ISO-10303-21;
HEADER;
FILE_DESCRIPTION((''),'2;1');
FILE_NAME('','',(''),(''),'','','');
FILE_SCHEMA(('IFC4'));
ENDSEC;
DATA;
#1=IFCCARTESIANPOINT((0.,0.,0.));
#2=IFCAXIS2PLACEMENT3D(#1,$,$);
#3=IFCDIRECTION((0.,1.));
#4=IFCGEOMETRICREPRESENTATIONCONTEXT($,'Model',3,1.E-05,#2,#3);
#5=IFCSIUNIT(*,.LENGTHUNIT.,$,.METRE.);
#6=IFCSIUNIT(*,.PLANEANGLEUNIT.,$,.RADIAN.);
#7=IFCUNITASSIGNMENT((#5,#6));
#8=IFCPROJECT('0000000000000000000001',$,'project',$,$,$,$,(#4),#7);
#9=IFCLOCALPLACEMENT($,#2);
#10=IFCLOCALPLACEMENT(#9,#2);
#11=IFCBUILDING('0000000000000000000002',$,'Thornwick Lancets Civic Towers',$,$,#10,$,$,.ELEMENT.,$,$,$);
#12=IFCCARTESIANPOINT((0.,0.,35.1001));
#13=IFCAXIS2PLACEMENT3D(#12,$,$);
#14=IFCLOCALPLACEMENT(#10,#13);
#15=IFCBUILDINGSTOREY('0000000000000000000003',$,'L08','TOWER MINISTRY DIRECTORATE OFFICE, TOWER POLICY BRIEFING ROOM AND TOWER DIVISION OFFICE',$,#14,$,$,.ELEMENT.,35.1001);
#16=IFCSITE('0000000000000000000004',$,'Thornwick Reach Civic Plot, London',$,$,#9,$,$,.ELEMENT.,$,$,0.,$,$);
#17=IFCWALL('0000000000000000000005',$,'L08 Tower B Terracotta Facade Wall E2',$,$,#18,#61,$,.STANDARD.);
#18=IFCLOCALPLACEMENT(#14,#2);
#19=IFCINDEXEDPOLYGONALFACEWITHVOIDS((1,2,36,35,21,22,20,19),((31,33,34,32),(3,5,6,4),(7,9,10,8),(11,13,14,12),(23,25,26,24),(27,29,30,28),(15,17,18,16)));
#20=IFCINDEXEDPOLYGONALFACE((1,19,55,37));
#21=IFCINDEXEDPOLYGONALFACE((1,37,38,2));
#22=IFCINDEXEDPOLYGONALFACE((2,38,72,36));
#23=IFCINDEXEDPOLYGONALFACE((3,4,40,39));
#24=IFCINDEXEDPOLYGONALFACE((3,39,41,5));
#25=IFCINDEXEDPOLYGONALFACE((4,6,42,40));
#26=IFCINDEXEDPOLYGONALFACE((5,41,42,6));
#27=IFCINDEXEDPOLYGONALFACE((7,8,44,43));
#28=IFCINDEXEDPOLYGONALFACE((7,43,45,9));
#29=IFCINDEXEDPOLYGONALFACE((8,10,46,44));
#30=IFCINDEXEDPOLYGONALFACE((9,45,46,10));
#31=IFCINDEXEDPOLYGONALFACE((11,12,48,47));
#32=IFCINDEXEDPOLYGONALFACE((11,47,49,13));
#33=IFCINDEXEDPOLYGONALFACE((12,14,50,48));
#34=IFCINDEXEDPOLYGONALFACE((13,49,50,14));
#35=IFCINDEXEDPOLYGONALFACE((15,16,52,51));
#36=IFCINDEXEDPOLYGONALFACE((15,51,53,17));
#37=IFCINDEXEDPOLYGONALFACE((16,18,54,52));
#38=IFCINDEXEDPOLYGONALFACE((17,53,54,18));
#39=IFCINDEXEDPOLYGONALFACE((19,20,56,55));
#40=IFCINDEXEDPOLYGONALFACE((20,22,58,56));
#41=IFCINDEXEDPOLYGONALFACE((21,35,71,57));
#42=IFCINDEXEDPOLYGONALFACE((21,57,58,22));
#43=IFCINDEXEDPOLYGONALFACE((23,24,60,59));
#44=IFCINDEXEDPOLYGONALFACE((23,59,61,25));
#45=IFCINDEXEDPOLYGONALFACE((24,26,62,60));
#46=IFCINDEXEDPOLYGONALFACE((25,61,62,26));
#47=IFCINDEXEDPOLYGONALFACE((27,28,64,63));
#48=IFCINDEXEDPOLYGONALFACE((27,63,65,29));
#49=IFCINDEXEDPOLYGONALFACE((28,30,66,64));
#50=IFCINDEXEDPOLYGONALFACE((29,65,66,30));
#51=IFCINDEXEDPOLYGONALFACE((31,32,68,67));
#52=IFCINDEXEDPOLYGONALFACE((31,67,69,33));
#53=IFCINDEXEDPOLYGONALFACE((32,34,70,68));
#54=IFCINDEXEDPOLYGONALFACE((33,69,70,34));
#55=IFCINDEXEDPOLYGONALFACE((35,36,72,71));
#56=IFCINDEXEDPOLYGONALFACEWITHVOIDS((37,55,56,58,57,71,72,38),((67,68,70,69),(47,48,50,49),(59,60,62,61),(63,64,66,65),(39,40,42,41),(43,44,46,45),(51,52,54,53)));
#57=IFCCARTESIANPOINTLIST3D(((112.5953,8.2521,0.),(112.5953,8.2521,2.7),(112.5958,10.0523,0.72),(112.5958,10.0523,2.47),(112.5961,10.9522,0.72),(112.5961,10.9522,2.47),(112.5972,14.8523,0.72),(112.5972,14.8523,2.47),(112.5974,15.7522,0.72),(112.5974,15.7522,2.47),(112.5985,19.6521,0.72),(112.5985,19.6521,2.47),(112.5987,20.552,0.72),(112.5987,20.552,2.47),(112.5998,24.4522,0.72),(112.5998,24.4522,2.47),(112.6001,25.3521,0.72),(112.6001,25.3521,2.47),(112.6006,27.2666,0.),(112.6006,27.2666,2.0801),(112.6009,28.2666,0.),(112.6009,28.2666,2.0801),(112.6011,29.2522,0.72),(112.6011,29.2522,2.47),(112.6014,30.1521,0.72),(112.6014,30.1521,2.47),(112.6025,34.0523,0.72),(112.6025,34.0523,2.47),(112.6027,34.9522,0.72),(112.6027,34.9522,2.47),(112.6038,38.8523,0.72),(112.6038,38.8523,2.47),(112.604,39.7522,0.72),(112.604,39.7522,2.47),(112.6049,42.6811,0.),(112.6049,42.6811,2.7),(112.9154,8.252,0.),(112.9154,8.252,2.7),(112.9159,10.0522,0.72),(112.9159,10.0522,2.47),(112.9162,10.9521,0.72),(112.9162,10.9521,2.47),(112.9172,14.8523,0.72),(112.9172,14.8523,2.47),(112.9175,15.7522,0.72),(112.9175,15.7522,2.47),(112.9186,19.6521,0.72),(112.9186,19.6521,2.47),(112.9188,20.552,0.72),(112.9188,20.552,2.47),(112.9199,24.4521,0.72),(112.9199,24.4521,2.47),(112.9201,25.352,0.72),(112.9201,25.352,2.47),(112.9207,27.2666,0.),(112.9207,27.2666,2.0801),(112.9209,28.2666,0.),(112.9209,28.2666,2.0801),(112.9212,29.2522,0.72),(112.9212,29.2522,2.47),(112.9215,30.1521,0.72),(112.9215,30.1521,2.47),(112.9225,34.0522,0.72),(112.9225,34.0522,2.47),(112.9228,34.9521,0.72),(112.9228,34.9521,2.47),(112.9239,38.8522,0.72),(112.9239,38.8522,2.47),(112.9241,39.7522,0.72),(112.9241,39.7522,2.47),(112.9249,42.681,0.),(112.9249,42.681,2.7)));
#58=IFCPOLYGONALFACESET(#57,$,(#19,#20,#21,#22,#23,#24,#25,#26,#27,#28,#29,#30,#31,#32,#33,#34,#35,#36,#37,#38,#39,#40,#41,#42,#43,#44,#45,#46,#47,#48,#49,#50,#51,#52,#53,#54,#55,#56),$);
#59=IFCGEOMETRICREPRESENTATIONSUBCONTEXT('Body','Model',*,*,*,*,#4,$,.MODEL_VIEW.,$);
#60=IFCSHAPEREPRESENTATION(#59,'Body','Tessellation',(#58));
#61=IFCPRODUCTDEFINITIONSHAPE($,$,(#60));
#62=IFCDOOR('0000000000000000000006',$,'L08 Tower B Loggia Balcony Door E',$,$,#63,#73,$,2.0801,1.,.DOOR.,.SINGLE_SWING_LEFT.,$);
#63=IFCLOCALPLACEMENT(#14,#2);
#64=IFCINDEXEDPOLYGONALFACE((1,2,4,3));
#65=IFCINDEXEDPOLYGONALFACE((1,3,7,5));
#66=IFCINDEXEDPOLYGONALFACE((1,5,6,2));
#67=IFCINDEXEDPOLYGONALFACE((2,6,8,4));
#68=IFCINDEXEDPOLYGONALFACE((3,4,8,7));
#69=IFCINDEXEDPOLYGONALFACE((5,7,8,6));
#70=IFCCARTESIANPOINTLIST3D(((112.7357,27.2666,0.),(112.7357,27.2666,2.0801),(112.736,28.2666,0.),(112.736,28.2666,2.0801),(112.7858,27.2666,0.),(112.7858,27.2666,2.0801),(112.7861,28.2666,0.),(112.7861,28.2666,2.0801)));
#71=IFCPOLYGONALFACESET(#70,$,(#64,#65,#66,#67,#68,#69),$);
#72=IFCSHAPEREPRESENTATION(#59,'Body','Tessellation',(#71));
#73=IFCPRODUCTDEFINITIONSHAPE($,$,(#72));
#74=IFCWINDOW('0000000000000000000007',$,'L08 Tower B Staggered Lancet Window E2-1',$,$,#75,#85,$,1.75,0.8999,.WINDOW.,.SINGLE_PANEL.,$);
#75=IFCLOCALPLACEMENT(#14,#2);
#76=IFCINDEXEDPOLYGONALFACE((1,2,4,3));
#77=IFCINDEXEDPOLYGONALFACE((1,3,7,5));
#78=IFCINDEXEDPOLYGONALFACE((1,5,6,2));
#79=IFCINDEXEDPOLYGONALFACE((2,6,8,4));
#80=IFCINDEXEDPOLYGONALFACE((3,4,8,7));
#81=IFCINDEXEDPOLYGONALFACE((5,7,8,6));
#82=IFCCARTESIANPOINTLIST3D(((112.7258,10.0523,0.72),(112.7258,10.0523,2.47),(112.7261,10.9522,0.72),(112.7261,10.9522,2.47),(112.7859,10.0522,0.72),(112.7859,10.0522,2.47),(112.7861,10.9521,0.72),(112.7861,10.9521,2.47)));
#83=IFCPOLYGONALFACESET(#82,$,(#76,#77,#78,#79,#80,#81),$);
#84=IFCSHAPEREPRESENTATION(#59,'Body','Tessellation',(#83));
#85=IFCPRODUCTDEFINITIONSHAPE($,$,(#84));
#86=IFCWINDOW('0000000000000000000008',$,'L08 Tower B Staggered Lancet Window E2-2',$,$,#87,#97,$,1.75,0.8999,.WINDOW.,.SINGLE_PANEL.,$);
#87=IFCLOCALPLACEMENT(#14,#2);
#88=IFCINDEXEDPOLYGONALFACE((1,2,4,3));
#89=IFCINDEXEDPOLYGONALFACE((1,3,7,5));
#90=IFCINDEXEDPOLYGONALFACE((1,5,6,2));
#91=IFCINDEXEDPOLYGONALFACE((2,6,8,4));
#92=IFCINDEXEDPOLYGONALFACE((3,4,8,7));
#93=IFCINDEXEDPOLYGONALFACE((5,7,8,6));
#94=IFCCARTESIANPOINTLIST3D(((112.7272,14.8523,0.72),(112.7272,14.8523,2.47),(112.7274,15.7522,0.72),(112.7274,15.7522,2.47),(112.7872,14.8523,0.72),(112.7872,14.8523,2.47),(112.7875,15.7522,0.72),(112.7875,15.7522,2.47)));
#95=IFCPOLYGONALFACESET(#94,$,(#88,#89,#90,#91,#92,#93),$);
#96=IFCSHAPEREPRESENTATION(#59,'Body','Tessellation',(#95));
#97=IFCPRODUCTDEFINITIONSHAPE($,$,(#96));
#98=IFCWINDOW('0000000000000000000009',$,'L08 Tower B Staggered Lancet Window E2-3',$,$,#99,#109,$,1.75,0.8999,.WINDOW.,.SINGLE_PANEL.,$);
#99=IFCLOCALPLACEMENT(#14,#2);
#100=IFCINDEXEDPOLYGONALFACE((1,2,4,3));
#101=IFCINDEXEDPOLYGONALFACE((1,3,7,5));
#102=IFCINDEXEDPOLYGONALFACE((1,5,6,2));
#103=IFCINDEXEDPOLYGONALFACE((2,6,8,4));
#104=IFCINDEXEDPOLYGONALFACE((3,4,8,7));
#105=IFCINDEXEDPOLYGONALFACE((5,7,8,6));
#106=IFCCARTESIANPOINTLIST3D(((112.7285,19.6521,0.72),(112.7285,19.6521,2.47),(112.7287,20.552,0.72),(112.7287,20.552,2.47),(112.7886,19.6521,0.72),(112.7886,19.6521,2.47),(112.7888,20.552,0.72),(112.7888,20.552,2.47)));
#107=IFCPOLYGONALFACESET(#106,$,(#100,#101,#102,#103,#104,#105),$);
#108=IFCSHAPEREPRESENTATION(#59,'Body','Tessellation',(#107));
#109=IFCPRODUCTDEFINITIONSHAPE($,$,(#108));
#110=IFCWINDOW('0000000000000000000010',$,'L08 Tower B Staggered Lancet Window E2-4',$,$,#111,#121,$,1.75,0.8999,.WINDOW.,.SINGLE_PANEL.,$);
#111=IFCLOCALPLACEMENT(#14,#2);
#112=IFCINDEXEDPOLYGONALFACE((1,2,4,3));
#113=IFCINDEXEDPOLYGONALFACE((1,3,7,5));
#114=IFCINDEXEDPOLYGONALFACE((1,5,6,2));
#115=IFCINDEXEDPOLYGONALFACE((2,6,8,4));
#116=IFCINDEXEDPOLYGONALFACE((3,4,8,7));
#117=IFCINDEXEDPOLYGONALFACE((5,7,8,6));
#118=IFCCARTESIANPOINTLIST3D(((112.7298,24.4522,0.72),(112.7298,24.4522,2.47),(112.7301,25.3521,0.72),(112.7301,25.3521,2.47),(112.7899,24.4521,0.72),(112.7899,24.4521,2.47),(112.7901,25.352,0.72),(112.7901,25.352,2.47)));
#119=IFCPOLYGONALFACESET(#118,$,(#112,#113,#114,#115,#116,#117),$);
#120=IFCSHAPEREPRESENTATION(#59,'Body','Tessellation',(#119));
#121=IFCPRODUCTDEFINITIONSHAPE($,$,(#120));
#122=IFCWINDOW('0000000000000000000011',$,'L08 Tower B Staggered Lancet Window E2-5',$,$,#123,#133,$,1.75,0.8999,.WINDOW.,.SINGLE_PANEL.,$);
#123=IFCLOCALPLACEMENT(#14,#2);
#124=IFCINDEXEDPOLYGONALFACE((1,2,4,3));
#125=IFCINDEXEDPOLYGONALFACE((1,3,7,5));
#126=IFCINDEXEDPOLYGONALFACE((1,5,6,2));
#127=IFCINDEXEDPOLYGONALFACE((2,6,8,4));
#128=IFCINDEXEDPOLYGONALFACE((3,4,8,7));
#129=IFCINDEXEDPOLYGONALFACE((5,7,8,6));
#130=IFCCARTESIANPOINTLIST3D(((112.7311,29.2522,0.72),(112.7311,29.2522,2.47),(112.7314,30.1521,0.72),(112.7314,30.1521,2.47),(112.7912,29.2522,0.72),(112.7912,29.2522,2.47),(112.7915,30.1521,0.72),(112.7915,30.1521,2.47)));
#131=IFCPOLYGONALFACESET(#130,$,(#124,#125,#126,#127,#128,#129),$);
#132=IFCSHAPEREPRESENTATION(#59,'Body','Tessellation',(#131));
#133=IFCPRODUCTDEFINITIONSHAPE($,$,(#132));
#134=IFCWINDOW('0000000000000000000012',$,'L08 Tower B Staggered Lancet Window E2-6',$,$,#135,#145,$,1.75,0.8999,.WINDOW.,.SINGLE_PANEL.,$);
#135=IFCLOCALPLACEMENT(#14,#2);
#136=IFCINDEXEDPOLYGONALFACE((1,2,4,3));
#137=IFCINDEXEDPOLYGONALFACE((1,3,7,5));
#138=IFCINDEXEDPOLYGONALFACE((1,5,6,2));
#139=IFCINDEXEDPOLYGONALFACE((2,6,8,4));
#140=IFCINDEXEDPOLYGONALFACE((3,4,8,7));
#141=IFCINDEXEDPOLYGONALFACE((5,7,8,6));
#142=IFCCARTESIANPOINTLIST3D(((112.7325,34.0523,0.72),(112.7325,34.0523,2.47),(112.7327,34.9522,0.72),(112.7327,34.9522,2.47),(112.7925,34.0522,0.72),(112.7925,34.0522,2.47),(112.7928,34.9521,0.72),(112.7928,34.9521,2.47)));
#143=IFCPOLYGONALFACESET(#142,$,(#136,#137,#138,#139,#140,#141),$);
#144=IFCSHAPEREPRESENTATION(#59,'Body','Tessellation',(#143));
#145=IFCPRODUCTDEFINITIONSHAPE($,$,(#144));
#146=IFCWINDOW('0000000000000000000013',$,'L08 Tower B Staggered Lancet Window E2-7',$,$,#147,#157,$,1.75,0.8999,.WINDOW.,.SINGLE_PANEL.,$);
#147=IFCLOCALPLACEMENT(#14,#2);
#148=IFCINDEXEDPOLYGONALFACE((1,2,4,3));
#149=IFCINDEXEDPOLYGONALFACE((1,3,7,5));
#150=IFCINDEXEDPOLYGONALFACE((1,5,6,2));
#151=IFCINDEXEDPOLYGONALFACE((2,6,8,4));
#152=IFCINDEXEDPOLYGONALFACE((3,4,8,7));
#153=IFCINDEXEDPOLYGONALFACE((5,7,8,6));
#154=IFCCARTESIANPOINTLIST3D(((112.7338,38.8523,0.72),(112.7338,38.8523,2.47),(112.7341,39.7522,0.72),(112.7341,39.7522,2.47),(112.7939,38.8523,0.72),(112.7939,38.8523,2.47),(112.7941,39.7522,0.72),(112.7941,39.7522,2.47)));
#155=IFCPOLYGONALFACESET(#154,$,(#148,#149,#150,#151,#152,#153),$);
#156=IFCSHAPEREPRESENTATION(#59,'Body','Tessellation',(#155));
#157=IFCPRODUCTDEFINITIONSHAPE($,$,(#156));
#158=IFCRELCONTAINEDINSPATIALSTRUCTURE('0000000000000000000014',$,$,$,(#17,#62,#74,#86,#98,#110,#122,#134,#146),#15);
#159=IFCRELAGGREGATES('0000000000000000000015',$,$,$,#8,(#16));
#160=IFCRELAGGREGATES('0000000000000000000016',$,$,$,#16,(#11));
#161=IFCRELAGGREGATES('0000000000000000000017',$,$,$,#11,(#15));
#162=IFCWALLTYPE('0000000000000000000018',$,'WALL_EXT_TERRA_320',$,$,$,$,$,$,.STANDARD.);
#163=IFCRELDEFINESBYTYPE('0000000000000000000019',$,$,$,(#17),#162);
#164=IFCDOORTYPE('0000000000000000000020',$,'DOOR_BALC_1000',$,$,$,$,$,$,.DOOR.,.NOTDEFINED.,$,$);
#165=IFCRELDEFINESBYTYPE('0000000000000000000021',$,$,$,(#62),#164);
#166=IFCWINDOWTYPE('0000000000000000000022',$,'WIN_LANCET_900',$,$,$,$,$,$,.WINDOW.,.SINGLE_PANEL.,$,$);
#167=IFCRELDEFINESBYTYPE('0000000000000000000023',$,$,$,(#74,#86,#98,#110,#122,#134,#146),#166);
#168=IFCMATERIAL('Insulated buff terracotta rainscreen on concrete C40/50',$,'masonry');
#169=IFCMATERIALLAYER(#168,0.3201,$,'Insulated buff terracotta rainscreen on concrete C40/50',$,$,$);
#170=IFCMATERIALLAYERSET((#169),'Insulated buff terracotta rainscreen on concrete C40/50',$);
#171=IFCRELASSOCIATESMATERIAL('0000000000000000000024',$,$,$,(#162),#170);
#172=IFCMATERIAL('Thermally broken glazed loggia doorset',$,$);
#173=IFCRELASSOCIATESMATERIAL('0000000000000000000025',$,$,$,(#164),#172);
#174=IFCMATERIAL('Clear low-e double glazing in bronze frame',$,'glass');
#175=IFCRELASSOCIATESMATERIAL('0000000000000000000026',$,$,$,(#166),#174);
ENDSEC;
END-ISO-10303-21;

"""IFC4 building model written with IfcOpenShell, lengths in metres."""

from ifc_helpers import new_model, si_unit, direction, frame, frame_2d, origin, place, context, subcontext, project, spatial, rectangle, extrude, material, layer, layer_set, type_object, element, fill, save


model = new_model("IFC4")

# Units and contexts
model_context = context("Model", 3, precision=1e-05, world=origin(), true_north=direction((0.0, 1.0)))
body_context = subcontext(model_context, "Body", "Model", "MODEL_VIEW")
ifc_project = project(units=[si_unit("LENGTHUNIT", "METRE"), si_unit("PLANEANGLEUNIT", "RADIAN")], contexts=[model_context])

# Site, building, storey
site_placement = place(None, origin())
site = spatial("IfcSite", under=ifc_project, at=site_placement, Name="Thornwick Reach Civic Plot, London", CompositionType="ELEMENT", RefElevation=0.0)
building_placement = place(site_placement, origin())
building = spatial("IfcBuilding", under=site, at=building_placement, Name="Thornwick Lancets Civic Towers", CompositionType="ELEMENT")
storey_placement = place(building_placement, frame((0.0, 0.0, 35.1001)))
storey = spatial("IfcBuildingStorey", under=building, at=storey_placement, Name="L08", Description="TOWER MINISTRY DIRECTORATE OFFICE, TOWER POLICY BRIEFING ROOM AND TOWER DIVISION OFFICE", CompositionType="ELEMENT", Elevation=35.1001)

# Wall, openings, door, windows
ifc_material_1 = material(Name="Insulated buff terracotta rainscreen on concrete C40/50", Category="masonry")
ifc_layer_1 = layer(ifc_material_1, 0.3201, Name="Insulated buff terracotta rainscreen on concrete C40/50")
ifc_layer_set_1 = layer_set([ifc_layer_1], Name="Insulated buff terracotta rainscreen on concrete C40/50")
wall_type_1 = type_object("IfcWallType", Name="WALL_EXT_TERRA_320", PredefinedType="STANDARD", material=ifc_layer_set_1)
wall_1_placement = place(storey_placement, frame((112.7554, 8.2522, 0.0), z_axis=(0.0, 0.0, 1.0), x_axis=(0.000277, 1.0, 0.0)))
wall_1 = element("IfcWall", 1, at=wall_1_placement, inside=storey, type_object=wall_type_1, Name="L08 Tower B Terracotta Facade Wall E2", PredefinedType="STANDARD", context=body_context, shape_type="SweptSolid", body=[
    extrude(rectangle(XDim=34.429, YDim=0.3201, at=frame_2d((17.2144, 0.0))), origin(), (0.0, 0.0, 1.0), 2.7),
])
opening_1_placement = place(wall_1_placement, frame((19.0144, 0.0, 0.0)))
opening_1 = element("IfcOpeningElement", 2, at=opening_1_placement, cuts=wall_1, PredefinedType="OPENING", context=body_context, shape_type="SweptSolid", body=[
    extrude(rectangle(XDim=1.0, YDim=2.0801, at=frame_2d((0.5, 1.04))), frame((0.0, 0.1699, 0.0), z_axis=(0.0, -1.0, 0.0), x_axis=(1.0, 0.0, 0.0)), (0.0, 0.0, 1.0), 0.3401),
])
opening_2_placement = place(wall_1_placement, frame((1.8, 0.0, 0.72)))
opening_2 = element("IfcOpeningElement", 3, at=opening_2_placement, cuts=wall_1, PredefinedType="OPENING", context=body_context, shape_type="SweptSolid", body=[
    extrude(rectangle(XDim=0.8999, YDim=1.75, at=frame_2d((0.45, 0.875))), frame((0.0, 0.1699, 0.0), z_axis=(0.0, -1.0, 0.0), x_axis=(1.0, 0.0, 0.0)), (0.0, 0.0, 1.0), 0.3401),
])
opening_3_placement = place(wall_1_placement, frame((6.6001, 0.0, 0.72)))
opening_3 = element("IfcOpeningElement", 4, at=opening_3_placement, cuts=wall_1, PredefinedType="OPENING", context=body_context, shape_type="SweptSolid", body=[
    extrude(rectangle(XDim=0.8999, YDim=1.75, at=frame_2d((0.45, 0.875))), frame((0.0, 0.1699, 0.0), z_axis=(0.0, -1.0, 0.0), x_axis=(1.0, 0.0, 0.0)), (0.0, 0.0, 1.0), 0.3401),
])
opening_4_placement = place(wall_1_placement, frame((11.3999, 0.0, 0.72)))
opening_4 = element("IfcOpeningElement", 5, at=opening_4_placement, cuts=wall_1, PredefinedType="OPENING", context=body_context, shape_type="SweptSolid", body=[
    extrude(rectangle(XDim=0.8999, YDim=1.75, at=frame_2d((0.45, 0.875))), frame((0.0, 0.1699, 0.0), z_axis=(0.0, -1.0, 0.0), x_axis=(1.0, 0.0, 0.0)), (0.0, 0.0, 1.0), 0.3401),
])
opening_5_placement = place(wall_1_placement, frame((16.2, 0.0, 0.72)))
opening_5 = element("IfcOpeningElement", 6, at=opening_5_placement, cuts=wall_1, PredefinedType="OPENING", context=body_context, shape_type="SweptSolid", body=[
    extrude(rectangle(XDim=0.8999, YDim=1.75, at=frame_2d((0.45, 0.875))), frame((0.0, 0.1699, 0.0), z_axis=(0.0, -1.0, 0.0), x_axis=(1.0, 0.0, 0.0)), (0.0, 0.0, 1.0), 0.3401),
])
opening_6_placement = place(wall_1_placement, frame((21.0, 0.0, 0.72)))
opening_6 = element("IfcOpeningElement", 7, at=opening_6_placement, cuts=wall_1, PredefinedType="OPENING", context=body_context, shape_type="SweptSolid", body=[
    extrude(rectangle(XDim=0.8999, YDim=1.75, at=frame_2d((0.45, 0.875))), frame((0.0, 0.1699, 0.0), z_axis=(0.0, -1.0, 0.0), x_axis=(1.0, 0.0, 0.0)), (0.0, 0.0, 1.0), 0.3401),
])
opening_7_placement = place(wall_1_placement, frame((25.8, 0.0, 0.72)))
opening_7 = element("IfcOpeningElement", 8, at=opening_7_placement, cuts=wall_1, PredefinedType="OPENING", context=body_context, shape_type="SweptSolid", body=[
    extrude(rectangle(XDim=0.8999, YDim=1.75, at=frame_2d((0.45, 0.875))), frame((0.0, 0.1699, 0.0), z_axis=(0.0, -1.0, 0.0), x_axis=(1.0, 0.0, 0.0)), (0.0, 0.0, 1.0), 0.3401),
])
opening_8_placement = place(wall_1_placement, frame((30.6001, 0.0, 0.72)))
opening_8 = element("IfcOpeningElement", 9, at=opening_8_placement, cuts=wall_1, PredefinedType="OPENING", context=body_context, shape_type="SweptSolid", body=[
    extrude(rectangle(XDim=0.8999, YDim=1.75, at=frame_2d((0.45, 0.875))), frame((0.0, 0.1699, 0.0), z_axis=(0.0, -1.0, 0.0), x_axis=(1.0, 0.0, 0.0)), (0.0, 0.0, 1.0), 0.3401),
])
ifc_material_2 = material(Name="Thermally broken glazed loggia doorset")
door_type = type_object("IfcDoorType", Name="DOOR_BALC_1000", OperationType="NOTDEFINED", PredefinedType="DOOR", material=ifc_material_2)
door_placement = place(opening_1_placement, origin())
door = element("IfcDoor", 10, at=door_placement, inside=storey, type_object=door_type, Name="L08 Tower B Loggia Balcony Door E", OperationType="SINGLE_SWING_LEFT", OverallHeight=2.0801, OverallWidth=1.0, PredefinedType="DOOR", context=body_context, shape_type="SweptSolid", body=[
    extrude(rectangle(XDim=1.0, YDim=2.0801, at=frame_2d((0.5, 1.04))), frame((0.0, 0.0249, 0.0), z_axis=(0.0, -1.0, 0.0), x_axis=(1.0, 0.0, 0.0)), (0.0, 0.0, 1.0), 0.05),
])
fill(opening_1, door)
ifc_material_3 = material(Name="Clear low-e double glazing in bronze frame", Category="glass")
window_type = type_object("IfcWindowType", Name="WIN_LANCET_900", PartitioningType="SINGLE_PANEL", PredefinedType="WINDOW", material=ifc_material_3)
window_1_placement = place(opening_2_placement, origin())
window_1 = element("IfcWindow", 11, at=window_1_placement, inside=storey, type_object=window_type, Name="L08 Tower B Staggered Lancet Window E2-1", OverallHeight=1.75, OverallWidth=0.8999, PartitioningType="SINGLE_PANEL", PredefinedType="WINDOW", context=body_context, shape_type="SweptSolid", body=[
    extrude(rectangle(XDim=0.8999, YDim=1.75, at=frame_2d((0.45, 0.875))), frame((0.0, 0.03, 0.0), z_axis=(0.0, -1.0, 0.0), x_axis=(1.0, 0.0, 0.0)), (0.0, 0.0, 1.0), 0.0601),
])
fill(opening_2, window_1)
window_2_placement = place(opening_3_placement, origin())
window_2 = element("IfcWindow", 12, at=window_2_placement, inside=storey, type_object=window_type, Name="L08 Tower B Staggered Lancet Window E2-2", OverallHeight=1.75, OverallWidth=0.8999, PartitioningType="SINGLE_PANEL", PredefinedType="WINDOW", context=body_context, shape_type="SweptSolid", body=[
    extrude(rectangle(XDim=0.8999, YDim=1.75, at=frame_2d((0.45, 0.875))), frame((0.0, 0.03, 0.0), z_axis=(0.0, -1.0, 0.0), x_axis=(1.0, 0.0, 0.0)), (0.0, 0.0, 1.0), 0.0601),
])
fill(opening_3, window_2)
window_3_placement = place(opening_4_placement, origin())
window_3 = element("IfcWindow", 13, at=window_3_placement, inside=storey, type_object=window_type, Name="L08 Tower B Staggered Lancet Window E2-3", OverallHeight=1.75, OverallWidth=0.8999, PartitioningType="SINGLE_PANEL", PredefinedType="WINDOW", context=body_context, shape_type="SweptSolid", body=[
    extrude(rectangle(XDim=0.8999, YDim=1.75, at=frame_2d((0.45, 0.875))), frame((0.0, 0.03, 0.0), z_axis=(0.0, -1.0, 0.0), x_axis=(1.0, 0.0, 0.0)), (0.0, 0.0, 1.0), 0.0601),
])
fill(opening_4, window_3)
window_4_placement = place(opening_5_placement, origin())
window_4 = element("IfcWindow", 14, at=window_4_placement, inside=storey, type_object=window_type, Name="L08 Tower B Staggered Lancet Window E2-4", OverallHeight=1.75, OverallWidth=0.8999, PartitioningType="SINGLE_PANEL", PredefinedType="WINDOW", context=body_context, shape_type="SweptSolid", body=[
    extrude(rectangle(XDim=0.8999, YDim=1.75, at=frame_2d((0.45, 0.875))), frame((0.0, 0.03, 0.0), z_axis=(0.0, -1.0, 0.0), x_axis=(1.0, 0.0, 0.0)), (0.0, 0.0, 1.0), 0.0601),
])
fill(opening_5, window_4)
window_5_placement = place(opening_6_placement, origin())
window_5 = element("IfcWindow", 15, at=window_5_placement, inside=storey, type_object=window_type, Name="L08 Tower B Staggered Lancet Window E2-5", OverallHeight=1.75, OverallWidth=0.8999, PartitioningType="SINGLE_PANEL", PredefinedType="WINDOW", context=body_context, shape_type="SweptSolid", body=[
    extrude(rectangle(XDim=0.8999, YDim=1.75, at=frame_2d((0.45, 0.875))), frame((0.0, 0.03, 0.0), z_axis=(0.0, -1.0, 0.0), x_axis=(1.0, 0.0, 0.0)), (0.0, 0.0, 1.0), 0.0601),
])
fill(opening_6, window_5)
window_6_placement = place(opening_7_placement, origin())
window_6 = element("IfcWindow", 16, at=window_6_placement, inside=storey, type_object=window_type, Name="L08 Tower B Staggered Lancet Window E2-6", OverallHeight=1.75, OverallWidth=0.8999, PartitioningType="SINGLE_PANEL", PredefinedType="WINDOW", context=body_context, shape_type="SweptSolid", body=[
    extrude(rectangle(XDim=0.8999, YDim=1.75, at=frame_2d((0.45, 0.875))), frame((0.0, 0.03, 0.0), z_axis=(0.0, -1.0, 0.0), x_axis=(1.0, 0.0, 0.0)), (0.0, 0.0, 1.0), 0.0601),
])
fill(opening_7, window_6)
window_7_placement = place(opening_8_placement, origin())
window_7 = element("IfcWindow", 17, at=window_7_placement, inside=storey, type_object=window_type, Name="L08 Tower B Staggered Lancet Window E2-7", OverallHeight=1.75, OverallWidth=0.8999, PartitioningType="SINGLE_PANEL", PredefinedType="WINDOW", context=body_context, shape_type="SweptSolid", body=[
    extrude(rectangle(XDim=0.8999, YDim=1.75, at=frame_2d((0.45, 0.875))), frame((0.0, 0.03, 0.0), z_axis=(0.0, -1.0, 0.0), x_axis=(1.0, 0.0, 0.0)), (0.0, 0.0, 1.0), 0.0601),
])
fill(opening_8, window_7)

save(model, "model.ifc")
